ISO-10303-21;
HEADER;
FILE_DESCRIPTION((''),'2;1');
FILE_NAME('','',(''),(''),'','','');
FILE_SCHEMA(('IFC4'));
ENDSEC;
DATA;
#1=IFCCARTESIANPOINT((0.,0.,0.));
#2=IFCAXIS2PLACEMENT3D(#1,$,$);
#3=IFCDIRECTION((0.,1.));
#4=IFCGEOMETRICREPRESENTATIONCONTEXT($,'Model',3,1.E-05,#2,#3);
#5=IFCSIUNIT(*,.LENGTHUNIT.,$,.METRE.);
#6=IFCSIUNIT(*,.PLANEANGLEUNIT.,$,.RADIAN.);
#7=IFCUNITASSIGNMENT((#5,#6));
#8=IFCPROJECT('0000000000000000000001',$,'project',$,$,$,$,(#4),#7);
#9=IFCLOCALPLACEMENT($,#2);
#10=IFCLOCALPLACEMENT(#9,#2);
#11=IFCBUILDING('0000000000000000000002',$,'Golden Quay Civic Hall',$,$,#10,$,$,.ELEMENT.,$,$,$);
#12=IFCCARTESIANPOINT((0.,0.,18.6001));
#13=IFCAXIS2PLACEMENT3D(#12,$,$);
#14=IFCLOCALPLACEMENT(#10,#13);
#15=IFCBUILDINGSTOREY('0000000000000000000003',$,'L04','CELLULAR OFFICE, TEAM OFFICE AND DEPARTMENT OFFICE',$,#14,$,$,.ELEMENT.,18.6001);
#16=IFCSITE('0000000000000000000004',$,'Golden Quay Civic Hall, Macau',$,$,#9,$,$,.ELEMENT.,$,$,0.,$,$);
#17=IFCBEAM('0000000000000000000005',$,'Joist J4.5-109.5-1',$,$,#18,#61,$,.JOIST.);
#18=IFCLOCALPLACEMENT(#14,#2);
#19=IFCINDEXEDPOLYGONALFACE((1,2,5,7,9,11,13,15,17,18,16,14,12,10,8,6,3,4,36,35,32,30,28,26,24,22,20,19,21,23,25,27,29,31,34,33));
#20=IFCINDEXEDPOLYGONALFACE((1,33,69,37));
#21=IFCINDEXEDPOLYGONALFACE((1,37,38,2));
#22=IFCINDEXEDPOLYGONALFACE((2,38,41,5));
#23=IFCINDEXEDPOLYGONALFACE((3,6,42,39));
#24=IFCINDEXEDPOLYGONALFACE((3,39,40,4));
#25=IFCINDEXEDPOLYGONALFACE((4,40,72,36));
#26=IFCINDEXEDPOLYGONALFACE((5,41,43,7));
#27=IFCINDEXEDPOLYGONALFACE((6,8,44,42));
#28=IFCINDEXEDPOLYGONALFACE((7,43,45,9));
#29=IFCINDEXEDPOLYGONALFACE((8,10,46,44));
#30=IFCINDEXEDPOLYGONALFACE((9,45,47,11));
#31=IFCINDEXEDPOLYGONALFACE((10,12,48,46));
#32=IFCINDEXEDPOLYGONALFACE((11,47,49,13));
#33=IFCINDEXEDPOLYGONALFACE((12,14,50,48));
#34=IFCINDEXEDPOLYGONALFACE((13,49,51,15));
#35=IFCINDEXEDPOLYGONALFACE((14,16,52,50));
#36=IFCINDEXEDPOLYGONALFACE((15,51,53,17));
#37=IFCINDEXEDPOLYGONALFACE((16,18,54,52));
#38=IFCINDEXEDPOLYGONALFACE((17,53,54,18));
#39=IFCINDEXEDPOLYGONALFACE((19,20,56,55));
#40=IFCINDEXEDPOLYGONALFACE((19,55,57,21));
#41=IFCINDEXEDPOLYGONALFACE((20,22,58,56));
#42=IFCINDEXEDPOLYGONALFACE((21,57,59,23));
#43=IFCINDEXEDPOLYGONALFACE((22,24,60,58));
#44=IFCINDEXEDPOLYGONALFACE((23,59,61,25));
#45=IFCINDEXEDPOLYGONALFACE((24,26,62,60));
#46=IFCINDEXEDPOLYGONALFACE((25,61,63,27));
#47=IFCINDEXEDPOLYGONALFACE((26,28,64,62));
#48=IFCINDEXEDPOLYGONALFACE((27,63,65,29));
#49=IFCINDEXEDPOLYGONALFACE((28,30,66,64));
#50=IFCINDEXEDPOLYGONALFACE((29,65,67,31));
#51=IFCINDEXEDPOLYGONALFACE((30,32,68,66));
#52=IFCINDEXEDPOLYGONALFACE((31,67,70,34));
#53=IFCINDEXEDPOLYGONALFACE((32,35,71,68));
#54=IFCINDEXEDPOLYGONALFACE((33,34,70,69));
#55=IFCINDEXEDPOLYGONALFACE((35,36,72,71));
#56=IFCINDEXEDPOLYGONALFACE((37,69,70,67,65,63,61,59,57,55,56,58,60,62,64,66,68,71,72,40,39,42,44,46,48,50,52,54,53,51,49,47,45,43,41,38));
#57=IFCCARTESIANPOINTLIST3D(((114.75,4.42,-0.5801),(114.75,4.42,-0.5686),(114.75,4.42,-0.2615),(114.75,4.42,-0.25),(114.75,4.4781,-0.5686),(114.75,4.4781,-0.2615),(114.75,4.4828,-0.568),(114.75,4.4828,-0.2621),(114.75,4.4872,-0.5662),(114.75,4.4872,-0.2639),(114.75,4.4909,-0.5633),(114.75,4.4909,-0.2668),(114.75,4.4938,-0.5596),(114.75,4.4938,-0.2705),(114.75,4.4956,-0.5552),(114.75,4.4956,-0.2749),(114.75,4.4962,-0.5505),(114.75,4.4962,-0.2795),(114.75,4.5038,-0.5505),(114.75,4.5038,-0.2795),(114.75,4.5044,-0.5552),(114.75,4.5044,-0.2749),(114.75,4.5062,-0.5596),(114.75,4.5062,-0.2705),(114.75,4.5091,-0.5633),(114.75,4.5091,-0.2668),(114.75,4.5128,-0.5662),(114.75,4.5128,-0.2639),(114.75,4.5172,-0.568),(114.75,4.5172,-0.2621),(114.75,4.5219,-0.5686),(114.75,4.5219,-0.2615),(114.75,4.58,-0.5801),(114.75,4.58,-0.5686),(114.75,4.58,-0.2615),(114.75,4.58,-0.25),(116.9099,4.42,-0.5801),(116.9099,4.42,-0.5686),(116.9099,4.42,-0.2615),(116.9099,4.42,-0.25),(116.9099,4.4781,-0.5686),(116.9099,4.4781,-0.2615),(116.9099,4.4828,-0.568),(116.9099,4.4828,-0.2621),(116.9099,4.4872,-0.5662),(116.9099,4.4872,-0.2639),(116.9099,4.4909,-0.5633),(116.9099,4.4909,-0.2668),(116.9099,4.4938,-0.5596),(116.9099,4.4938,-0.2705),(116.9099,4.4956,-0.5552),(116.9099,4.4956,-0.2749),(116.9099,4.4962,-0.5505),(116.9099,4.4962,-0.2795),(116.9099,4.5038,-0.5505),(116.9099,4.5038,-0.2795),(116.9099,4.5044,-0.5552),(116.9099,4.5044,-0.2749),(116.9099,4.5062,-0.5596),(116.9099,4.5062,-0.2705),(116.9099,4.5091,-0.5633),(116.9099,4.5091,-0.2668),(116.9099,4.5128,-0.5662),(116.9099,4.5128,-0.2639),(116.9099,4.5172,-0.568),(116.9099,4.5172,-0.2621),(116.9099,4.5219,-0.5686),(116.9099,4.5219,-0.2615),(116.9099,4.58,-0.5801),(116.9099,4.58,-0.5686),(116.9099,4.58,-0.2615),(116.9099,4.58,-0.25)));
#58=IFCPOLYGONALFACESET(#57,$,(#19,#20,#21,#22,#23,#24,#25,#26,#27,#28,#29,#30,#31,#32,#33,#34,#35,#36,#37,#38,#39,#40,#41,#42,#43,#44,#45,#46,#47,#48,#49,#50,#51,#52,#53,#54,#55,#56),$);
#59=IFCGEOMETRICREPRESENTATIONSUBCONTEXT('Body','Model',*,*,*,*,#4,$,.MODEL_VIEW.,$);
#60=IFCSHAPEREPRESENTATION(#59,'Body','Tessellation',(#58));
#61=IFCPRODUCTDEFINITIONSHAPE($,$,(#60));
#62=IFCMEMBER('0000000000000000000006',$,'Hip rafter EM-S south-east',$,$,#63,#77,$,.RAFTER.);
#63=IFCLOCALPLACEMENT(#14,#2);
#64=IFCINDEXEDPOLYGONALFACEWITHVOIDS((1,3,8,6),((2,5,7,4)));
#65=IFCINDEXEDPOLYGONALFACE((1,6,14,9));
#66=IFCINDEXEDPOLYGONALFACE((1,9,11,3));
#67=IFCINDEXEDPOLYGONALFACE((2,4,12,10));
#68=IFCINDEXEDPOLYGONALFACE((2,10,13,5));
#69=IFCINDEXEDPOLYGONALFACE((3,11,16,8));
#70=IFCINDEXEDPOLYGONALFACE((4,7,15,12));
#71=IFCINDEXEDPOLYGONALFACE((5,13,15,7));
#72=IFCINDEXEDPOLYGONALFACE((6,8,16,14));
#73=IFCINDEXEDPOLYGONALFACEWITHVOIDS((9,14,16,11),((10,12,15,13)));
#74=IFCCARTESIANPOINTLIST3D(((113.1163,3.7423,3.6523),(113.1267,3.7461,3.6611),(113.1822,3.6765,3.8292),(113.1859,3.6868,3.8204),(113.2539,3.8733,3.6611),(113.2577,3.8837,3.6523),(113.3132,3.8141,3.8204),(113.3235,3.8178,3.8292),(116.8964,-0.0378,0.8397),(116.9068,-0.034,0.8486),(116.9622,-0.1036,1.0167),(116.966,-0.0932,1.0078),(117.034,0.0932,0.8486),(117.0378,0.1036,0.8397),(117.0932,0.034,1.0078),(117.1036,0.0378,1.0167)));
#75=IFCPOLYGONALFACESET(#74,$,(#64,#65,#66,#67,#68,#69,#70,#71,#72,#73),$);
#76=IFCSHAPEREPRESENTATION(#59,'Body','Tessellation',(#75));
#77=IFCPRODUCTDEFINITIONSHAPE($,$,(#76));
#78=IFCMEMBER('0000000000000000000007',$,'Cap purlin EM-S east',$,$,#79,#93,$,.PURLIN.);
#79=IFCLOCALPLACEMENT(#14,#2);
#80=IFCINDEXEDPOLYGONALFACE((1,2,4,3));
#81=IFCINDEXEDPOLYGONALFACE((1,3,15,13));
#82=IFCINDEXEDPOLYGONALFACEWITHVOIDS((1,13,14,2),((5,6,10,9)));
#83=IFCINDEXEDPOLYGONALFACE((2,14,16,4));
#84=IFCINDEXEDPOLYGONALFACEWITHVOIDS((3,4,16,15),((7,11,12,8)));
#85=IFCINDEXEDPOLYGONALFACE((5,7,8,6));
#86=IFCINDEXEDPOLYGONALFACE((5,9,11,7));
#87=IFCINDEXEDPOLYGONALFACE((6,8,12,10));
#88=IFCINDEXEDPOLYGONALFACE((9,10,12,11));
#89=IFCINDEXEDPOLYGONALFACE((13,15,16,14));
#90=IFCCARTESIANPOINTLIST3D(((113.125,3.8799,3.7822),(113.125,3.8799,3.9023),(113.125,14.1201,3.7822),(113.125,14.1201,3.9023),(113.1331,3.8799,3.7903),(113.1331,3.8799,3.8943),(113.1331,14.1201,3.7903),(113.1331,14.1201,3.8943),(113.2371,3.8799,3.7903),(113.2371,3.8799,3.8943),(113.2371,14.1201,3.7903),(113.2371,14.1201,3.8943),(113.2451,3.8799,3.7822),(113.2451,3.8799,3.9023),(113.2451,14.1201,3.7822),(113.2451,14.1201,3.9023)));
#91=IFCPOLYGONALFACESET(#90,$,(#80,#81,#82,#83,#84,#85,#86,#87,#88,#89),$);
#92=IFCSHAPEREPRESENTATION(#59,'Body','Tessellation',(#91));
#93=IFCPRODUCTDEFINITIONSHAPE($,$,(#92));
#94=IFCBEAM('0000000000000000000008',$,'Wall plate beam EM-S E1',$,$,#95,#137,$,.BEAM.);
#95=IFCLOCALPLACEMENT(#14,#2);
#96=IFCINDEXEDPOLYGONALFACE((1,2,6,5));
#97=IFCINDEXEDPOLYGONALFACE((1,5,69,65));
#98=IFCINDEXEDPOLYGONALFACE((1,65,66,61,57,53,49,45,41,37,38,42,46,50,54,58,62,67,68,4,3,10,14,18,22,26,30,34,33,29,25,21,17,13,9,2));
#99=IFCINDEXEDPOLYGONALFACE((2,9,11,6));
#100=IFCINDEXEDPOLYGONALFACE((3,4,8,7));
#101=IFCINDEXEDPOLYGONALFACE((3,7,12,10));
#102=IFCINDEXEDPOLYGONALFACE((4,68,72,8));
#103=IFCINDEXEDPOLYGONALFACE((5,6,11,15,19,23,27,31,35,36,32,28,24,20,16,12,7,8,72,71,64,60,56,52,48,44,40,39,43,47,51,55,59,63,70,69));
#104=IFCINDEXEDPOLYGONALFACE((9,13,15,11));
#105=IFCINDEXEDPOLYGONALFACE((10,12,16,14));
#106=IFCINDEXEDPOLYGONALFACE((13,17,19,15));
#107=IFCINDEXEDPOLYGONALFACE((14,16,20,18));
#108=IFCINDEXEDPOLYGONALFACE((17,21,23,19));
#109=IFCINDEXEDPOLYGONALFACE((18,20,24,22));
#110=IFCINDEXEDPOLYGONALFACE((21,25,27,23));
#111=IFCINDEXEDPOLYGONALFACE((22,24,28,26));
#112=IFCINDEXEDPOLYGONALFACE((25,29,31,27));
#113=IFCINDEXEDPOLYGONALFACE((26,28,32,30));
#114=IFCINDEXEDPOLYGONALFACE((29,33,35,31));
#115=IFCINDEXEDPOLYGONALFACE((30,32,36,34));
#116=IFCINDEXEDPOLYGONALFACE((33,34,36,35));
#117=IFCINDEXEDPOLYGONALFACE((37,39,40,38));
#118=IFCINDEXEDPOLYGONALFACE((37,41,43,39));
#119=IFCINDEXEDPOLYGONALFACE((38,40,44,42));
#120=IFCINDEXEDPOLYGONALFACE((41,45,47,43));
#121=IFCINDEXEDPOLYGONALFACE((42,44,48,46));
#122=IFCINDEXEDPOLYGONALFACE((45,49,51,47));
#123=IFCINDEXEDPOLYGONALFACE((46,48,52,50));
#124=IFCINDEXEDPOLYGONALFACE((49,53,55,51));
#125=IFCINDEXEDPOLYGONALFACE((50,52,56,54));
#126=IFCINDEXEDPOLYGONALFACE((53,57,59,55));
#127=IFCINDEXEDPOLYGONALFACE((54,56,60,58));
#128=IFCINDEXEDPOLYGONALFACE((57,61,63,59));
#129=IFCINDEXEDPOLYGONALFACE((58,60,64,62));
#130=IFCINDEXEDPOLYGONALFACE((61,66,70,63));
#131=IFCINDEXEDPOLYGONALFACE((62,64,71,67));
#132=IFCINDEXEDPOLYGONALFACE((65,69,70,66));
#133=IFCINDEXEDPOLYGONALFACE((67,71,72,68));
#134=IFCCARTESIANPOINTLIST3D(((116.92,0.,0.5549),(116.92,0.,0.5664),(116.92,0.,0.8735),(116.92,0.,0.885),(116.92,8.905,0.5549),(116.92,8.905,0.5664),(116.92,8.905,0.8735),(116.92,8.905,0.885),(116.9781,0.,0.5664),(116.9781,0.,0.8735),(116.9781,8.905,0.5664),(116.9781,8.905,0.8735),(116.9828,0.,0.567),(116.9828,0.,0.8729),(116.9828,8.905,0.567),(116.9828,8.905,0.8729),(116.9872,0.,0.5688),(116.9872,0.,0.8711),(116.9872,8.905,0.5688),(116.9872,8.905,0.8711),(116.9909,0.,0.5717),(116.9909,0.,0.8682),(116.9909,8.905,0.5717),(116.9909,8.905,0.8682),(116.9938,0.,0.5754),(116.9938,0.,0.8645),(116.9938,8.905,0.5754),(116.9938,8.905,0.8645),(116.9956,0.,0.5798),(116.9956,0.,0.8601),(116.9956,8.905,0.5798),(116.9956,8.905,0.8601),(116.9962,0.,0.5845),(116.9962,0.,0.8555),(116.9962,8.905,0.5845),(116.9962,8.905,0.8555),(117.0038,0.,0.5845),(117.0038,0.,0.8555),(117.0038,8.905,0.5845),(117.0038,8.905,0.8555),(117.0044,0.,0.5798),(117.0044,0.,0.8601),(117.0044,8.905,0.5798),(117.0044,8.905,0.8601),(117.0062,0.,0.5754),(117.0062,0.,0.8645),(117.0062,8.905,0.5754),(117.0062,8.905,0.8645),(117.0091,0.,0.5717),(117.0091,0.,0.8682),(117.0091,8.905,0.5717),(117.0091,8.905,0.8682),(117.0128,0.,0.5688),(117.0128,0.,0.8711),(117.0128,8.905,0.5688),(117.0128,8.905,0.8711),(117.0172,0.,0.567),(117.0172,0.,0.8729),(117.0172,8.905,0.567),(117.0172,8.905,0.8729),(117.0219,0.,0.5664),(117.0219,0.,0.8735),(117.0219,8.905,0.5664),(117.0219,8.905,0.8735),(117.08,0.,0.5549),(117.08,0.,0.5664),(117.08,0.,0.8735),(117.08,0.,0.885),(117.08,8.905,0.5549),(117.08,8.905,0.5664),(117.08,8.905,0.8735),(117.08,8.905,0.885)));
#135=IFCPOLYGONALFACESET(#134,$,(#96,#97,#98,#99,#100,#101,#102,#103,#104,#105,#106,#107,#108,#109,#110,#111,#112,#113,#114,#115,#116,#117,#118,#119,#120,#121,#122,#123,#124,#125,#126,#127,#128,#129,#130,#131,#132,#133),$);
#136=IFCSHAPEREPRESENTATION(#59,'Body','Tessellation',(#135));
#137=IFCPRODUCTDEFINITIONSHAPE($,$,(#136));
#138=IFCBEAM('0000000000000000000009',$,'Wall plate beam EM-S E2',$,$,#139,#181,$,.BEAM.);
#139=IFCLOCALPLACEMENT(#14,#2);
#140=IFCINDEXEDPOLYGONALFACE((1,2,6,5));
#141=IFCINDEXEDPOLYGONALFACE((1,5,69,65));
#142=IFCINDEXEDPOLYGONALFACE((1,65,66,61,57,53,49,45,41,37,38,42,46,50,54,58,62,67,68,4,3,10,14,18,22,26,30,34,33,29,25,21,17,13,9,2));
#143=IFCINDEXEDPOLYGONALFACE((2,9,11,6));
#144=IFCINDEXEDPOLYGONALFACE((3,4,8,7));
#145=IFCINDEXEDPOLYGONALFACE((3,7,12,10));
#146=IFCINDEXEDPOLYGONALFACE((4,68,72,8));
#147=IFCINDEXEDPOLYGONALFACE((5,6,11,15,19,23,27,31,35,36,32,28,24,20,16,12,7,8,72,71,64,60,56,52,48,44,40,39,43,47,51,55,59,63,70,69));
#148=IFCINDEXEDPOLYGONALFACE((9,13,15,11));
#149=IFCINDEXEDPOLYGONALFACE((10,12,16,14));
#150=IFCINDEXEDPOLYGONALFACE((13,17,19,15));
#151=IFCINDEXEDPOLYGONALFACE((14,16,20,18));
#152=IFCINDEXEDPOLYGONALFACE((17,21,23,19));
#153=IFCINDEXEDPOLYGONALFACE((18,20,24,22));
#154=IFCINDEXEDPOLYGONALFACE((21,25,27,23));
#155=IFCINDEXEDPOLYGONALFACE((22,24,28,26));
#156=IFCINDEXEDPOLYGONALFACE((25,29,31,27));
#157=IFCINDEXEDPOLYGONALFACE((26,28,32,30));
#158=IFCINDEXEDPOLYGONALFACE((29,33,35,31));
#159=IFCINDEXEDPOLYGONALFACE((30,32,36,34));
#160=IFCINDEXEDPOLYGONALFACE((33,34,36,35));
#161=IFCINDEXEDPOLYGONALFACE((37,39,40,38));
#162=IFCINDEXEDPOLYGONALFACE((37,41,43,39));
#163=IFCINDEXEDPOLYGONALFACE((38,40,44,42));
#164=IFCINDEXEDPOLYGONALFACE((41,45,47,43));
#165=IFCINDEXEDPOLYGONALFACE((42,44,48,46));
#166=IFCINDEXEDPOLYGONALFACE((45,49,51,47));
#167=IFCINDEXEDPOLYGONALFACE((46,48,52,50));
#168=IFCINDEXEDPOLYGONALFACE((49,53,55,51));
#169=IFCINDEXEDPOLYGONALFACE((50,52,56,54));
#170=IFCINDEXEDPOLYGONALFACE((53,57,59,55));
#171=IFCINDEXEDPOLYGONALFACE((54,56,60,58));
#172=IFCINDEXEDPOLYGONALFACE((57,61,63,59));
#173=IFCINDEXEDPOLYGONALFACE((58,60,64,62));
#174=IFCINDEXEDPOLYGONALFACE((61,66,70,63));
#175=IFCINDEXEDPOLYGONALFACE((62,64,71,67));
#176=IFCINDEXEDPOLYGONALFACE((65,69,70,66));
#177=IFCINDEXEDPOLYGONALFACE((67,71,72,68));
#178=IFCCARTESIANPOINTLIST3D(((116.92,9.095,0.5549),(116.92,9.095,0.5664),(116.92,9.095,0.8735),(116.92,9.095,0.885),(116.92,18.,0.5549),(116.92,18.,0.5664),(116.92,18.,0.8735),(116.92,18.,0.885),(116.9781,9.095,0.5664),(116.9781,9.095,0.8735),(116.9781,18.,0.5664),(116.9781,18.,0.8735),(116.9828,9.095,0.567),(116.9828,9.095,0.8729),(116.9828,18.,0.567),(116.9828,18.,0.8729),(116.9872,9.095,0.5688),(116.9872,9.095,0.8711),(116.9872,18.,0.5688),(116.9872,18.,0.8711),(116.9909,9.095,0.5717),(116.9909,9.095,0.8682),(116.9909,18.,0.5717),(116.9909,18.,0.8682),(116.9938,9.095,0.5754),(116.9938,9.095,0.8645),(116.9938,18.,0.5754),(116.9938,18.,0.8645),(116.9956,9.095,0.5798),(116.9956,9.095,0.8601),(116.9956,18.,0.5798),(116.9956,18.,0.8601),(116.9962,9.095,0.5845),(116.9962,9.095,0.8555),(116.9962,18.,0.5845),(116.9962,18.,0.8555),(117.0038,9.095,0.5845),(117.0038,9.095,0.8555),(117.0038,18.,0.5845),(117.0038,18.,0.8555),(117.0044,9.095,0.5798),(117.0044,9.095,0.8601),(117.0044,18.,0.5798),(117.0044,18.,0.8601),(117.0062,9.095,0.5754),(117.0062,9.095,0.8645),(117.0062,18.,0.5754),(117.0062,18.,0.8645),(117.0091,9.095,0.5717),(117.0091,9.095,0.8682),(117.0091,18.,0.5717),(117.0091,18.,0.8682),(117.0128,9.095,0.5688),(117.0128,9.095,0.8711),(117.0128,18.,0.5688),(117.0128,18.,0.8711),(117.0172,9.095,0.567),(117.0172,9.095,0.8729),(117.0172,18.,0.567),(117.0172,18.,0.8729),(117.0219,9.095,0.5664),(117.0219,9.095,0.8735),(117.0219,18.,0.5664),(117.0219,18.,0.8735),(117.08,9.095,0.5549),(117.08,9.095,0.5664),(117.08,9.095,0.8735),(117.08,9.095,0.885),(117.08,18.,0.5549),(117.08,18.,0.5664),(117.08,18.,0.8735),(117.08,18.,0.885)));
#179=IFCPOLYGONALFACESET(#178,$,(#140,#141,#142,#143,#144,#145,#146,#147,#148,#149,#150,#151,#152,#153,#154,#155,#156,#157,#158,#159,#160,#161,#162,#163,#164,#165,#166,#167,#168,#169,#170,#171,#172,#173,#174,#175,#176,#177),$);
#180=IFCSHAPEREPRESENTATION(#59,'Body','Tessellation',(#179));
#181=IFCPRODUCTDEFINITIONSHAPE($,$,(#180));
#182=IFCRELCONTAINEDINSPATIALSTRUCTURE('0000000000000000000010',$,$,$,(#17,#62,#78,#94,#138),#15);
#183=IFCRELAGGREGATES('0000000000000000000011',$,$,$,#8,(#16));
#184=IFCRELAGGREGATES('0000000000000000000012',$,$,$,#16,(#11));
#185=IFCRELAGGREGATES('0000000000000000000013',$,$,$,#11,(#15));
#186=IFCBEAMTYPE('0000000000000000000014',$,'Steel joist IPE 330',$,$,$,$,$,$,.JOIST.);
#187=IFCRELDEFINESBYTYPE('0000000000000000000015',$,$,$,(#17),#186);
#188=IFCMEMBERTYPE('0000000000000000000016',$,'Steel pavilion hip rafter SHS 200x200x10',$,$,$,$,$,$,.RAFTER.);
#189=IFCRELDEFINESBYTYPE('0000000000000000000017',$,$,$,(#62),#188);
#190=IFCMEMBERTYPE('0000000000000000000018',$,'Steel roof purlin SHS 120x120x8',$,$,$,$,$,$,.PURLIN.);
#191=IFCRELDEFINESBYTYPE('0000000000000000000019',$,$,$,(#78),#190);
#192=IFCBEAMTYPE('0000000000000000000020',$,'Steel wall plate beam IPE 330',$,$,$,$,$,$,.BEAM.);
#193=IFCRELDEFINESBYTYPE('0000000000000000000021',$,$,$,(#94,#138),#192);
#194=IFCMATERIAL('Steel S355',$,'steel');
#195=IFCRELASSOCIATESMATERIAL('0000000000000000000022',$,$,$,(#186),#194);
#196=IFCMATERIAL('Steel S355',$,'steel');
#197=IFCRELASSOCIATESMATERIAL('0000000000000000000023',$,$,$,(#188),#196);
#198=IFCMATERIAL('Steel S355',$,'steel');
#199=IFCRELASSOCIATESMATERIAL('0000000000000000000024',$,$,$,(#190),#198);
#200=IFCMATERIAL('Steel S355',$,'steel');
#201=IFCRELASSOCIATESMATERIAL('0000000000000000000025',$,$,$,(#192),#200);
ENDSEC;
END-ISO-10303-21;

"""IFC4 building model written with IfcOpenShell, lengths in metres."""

from ifc_helpers import new_model, si_unit, direction, frame, origin, origin_2d, place, context, subcontext, project, spatial, hollow_rectangle, i_section, extrude, material, material_profile, profile_set, type_object, element, save


model = new_model("IFC4")

# Units and contexts
model_context = context("Model", 3, precision=1e-05, world=origin(), true_north=direction((0.0, 1.0)))
body_context = subcontext(model_context, "Body", "Model", "MODEL_VIEW")
ifc_project = project(units=[si_unit("LENGTHUNIT", "METRE"), si_unit("PLANEANGLEUNIT", "RADIAN")], contexts=[model_context])

# Site, building, storey
site_placement = place(None, origin())
site = spatial("IfcSite", under=ifc_project, at=site_placement, Name="Golden Quay Civic Hall, Macau", CompositionType="ELEMENT", RefElevation=0.0)
building_placement = place(site_placement, origin())
building = spatial("IfcBuilding", under=site, at=building_placement, Name="Golden Quay Civic Hall", CompositionType="ELEMENT")
storey_placement = place(building_placement, frame((0.0, 0.0, 18.6001)))
storey = spatial("IfcBuildingStorey", under=building, at=storey_placement, Name="L04", Description="CELLULAR OFFICE, TEAM OFFICE AND DEPARTMENT OFFICE", CompositionType="ELEMENT", Elevation=18.6001)

# Beam
ifc_material_1 = material(Name="Steel S355", Category="steel")
ifc_material_profile_1 = material_profile(ifc_material_1, i_section(OverallWidth=0.1599, OverallDepth=0.3301, WebThickness=0.0076, FlangeThickness=0.0115, FilletRadius=0.0181, at=origin_2d()), Name="IPE 330")
ifc_profile_set_1 = profile_set([ifc_material_profile_1], Name="Steel S355")
beam_type_1 = type_object("IfcBeamType", Name="Steel joist IPE 330", PredefinedType="JOIST", material=ifc_profile_set_1)
beam_1_placement = place(storey_placement, frame((114.75, 4.5, -0.415), z_axis=(1.0, 0.0, 0.0), x_axis=(0.0, 1.0, 0.0)))
element("IfcBeam", 1, at=beam_1_placement, inside=storey, type_object=beam_type_1, Name="Joist J4.5-109.5-1", PredefinedType="JOIST", context=body_context, shape_type="SweptSolid", body=[
    extrude(i_section(OverallWidth=0.1599, OverallDepth=0.3301, WebThickness=0.0076, FlangeThickness=0.0115, FilletRadius=0.0181, at=origin_2d()), origin(), (0.0, 0.0, 1.0), 2.1599),
])

# Members
ifc_material_2 = material(Name="Steel S355", Category="steel")
ifc_material_profile_2 = material_profile(ifc_material_2, hollow_rectangle(XDim=0.2, YDim=0.2, WallThickness=0.01, at=origin_2d()), Name="SHS 200x200x10")
ifc_profile_set_2 = profile_set([ifc_material_profile_2], Name="Steel S355")
member_type_1 = type_object("IfcMemberType", Name="Steel pavilion hip rafter SHS 200x200x10", PredefinedType="RAFTER", material=ifc_profile_set_2)
member_1_placement = place(storey_placement, frame((117.0, 0.0, 0.9282), z_axis=(-0.625783, 0.625783, 0.465609), x_axis=(-0.707107, -0.707107, 0.0)))
element("IfcMember", 2, at=member_1_placement, inside=storey, type_object=member_type_1, Name="Hip rafter EM-S south-east", PredefinedType="RAFTER", context=body_context, shape_type="SweptSolid", body=[
    extrude(hollow_rectangle(XDim=0.2, YDim=0.2, WallThickness=0.01, at=origin_2d()), origin(), (0.0, 0.0, 1.0), 6.0405),
])
ifc_material_3 = material(Name="Steel S355", Category="steel")
ifc_material_profile_3 = material_profile(ifc_material_3, hollow_rectangle(XDim=0.1201, YDim=0.1201, WallThickness=0.0081, at=origin_2d()), Name="SHS 120x120x8")
ifc_profile_set_3 = profile_set([ifc_material_profile_3], Name="Steel S355")
member_type_2 = type_object("IfcMemberType", Name="Steel roof purlin SHS 120x120x8", PredefinedType="PURLIN", material=ifc_profile_set_3)
member_2_placement = place(storey_placement, frame((113.1851, 3.8799, 3.8423), z_axis=(0.0, 1.0, 0.0), x_axis=(-1.0, 0.0, 0.0)))
element("IfcMember", 3, at=member_2_placement, inside=storey, type_object=member_type_2, Name="Cap purlin EM-S east", PredefinedType="PURLIN", context=body_context, shape_type="SweptSolid", body=[
    extrude(hollow_rectangle(XDim=0.1201, YDim=0.1201, WallThickness=0.0081, at=origin_2d()), origin(), (0.0, 0.0, 1.0), 10.2402),
])

# Beams
ifc_material_4 = material(Name="Steel S355", Category="steel")
ifc_material_profile_4 = material_profile(ifc_material_4, i_section(OverallWidth=0.1599, OverallDepth=0.3301, WebThickness=0.0076, FlangeThickness=0.0115, FilletRadius=0.0181, at=origin_2d()), Name="IPE 330")
ifc_profile_set_4 = profile_set([ifc_material_profile_4], Name="Steel S355")
beam_type_2 = type_object("IfcBeamType", Name="Steel wall plate beam IPE 330", PredefinedType="BEAM", material=ifc_profile_set_4)
for number, where, z_axis, x_axis, name in (
    (4, (117.0, 0.0, 0.72), (0.0, 1.0, 0.0), (-1.0, 0.0, 0.0), "Wall plate beam EM-S E1"),
    (5, (117.0, 9.095, 0.72), (0.0, 1.0, 0.0), (-1.0, 0.0, 0.0), "Wall plate beam EM-S E2"),
):
    element("IfcBeam", number, at=place(storey_placement, frame(where, z_axis=z_axis, x_axis=x_axis)), inside=storey, type_object=beam_type_2, Name=name, PredefinedType="BEAM", context=body_context, shape_type="SweptSolid", body=[
        extrude(i_section(OverallWidth=0.1599, OverallDepth=0.3301, WebThickness=0.0076, FlangeThickness=0.0115, FilletRadius=0.0181, at=origin_2d()), origin(), (0.0, 0.0, 1.0), 8.905),
    ])

save(model, "model.ifc")
